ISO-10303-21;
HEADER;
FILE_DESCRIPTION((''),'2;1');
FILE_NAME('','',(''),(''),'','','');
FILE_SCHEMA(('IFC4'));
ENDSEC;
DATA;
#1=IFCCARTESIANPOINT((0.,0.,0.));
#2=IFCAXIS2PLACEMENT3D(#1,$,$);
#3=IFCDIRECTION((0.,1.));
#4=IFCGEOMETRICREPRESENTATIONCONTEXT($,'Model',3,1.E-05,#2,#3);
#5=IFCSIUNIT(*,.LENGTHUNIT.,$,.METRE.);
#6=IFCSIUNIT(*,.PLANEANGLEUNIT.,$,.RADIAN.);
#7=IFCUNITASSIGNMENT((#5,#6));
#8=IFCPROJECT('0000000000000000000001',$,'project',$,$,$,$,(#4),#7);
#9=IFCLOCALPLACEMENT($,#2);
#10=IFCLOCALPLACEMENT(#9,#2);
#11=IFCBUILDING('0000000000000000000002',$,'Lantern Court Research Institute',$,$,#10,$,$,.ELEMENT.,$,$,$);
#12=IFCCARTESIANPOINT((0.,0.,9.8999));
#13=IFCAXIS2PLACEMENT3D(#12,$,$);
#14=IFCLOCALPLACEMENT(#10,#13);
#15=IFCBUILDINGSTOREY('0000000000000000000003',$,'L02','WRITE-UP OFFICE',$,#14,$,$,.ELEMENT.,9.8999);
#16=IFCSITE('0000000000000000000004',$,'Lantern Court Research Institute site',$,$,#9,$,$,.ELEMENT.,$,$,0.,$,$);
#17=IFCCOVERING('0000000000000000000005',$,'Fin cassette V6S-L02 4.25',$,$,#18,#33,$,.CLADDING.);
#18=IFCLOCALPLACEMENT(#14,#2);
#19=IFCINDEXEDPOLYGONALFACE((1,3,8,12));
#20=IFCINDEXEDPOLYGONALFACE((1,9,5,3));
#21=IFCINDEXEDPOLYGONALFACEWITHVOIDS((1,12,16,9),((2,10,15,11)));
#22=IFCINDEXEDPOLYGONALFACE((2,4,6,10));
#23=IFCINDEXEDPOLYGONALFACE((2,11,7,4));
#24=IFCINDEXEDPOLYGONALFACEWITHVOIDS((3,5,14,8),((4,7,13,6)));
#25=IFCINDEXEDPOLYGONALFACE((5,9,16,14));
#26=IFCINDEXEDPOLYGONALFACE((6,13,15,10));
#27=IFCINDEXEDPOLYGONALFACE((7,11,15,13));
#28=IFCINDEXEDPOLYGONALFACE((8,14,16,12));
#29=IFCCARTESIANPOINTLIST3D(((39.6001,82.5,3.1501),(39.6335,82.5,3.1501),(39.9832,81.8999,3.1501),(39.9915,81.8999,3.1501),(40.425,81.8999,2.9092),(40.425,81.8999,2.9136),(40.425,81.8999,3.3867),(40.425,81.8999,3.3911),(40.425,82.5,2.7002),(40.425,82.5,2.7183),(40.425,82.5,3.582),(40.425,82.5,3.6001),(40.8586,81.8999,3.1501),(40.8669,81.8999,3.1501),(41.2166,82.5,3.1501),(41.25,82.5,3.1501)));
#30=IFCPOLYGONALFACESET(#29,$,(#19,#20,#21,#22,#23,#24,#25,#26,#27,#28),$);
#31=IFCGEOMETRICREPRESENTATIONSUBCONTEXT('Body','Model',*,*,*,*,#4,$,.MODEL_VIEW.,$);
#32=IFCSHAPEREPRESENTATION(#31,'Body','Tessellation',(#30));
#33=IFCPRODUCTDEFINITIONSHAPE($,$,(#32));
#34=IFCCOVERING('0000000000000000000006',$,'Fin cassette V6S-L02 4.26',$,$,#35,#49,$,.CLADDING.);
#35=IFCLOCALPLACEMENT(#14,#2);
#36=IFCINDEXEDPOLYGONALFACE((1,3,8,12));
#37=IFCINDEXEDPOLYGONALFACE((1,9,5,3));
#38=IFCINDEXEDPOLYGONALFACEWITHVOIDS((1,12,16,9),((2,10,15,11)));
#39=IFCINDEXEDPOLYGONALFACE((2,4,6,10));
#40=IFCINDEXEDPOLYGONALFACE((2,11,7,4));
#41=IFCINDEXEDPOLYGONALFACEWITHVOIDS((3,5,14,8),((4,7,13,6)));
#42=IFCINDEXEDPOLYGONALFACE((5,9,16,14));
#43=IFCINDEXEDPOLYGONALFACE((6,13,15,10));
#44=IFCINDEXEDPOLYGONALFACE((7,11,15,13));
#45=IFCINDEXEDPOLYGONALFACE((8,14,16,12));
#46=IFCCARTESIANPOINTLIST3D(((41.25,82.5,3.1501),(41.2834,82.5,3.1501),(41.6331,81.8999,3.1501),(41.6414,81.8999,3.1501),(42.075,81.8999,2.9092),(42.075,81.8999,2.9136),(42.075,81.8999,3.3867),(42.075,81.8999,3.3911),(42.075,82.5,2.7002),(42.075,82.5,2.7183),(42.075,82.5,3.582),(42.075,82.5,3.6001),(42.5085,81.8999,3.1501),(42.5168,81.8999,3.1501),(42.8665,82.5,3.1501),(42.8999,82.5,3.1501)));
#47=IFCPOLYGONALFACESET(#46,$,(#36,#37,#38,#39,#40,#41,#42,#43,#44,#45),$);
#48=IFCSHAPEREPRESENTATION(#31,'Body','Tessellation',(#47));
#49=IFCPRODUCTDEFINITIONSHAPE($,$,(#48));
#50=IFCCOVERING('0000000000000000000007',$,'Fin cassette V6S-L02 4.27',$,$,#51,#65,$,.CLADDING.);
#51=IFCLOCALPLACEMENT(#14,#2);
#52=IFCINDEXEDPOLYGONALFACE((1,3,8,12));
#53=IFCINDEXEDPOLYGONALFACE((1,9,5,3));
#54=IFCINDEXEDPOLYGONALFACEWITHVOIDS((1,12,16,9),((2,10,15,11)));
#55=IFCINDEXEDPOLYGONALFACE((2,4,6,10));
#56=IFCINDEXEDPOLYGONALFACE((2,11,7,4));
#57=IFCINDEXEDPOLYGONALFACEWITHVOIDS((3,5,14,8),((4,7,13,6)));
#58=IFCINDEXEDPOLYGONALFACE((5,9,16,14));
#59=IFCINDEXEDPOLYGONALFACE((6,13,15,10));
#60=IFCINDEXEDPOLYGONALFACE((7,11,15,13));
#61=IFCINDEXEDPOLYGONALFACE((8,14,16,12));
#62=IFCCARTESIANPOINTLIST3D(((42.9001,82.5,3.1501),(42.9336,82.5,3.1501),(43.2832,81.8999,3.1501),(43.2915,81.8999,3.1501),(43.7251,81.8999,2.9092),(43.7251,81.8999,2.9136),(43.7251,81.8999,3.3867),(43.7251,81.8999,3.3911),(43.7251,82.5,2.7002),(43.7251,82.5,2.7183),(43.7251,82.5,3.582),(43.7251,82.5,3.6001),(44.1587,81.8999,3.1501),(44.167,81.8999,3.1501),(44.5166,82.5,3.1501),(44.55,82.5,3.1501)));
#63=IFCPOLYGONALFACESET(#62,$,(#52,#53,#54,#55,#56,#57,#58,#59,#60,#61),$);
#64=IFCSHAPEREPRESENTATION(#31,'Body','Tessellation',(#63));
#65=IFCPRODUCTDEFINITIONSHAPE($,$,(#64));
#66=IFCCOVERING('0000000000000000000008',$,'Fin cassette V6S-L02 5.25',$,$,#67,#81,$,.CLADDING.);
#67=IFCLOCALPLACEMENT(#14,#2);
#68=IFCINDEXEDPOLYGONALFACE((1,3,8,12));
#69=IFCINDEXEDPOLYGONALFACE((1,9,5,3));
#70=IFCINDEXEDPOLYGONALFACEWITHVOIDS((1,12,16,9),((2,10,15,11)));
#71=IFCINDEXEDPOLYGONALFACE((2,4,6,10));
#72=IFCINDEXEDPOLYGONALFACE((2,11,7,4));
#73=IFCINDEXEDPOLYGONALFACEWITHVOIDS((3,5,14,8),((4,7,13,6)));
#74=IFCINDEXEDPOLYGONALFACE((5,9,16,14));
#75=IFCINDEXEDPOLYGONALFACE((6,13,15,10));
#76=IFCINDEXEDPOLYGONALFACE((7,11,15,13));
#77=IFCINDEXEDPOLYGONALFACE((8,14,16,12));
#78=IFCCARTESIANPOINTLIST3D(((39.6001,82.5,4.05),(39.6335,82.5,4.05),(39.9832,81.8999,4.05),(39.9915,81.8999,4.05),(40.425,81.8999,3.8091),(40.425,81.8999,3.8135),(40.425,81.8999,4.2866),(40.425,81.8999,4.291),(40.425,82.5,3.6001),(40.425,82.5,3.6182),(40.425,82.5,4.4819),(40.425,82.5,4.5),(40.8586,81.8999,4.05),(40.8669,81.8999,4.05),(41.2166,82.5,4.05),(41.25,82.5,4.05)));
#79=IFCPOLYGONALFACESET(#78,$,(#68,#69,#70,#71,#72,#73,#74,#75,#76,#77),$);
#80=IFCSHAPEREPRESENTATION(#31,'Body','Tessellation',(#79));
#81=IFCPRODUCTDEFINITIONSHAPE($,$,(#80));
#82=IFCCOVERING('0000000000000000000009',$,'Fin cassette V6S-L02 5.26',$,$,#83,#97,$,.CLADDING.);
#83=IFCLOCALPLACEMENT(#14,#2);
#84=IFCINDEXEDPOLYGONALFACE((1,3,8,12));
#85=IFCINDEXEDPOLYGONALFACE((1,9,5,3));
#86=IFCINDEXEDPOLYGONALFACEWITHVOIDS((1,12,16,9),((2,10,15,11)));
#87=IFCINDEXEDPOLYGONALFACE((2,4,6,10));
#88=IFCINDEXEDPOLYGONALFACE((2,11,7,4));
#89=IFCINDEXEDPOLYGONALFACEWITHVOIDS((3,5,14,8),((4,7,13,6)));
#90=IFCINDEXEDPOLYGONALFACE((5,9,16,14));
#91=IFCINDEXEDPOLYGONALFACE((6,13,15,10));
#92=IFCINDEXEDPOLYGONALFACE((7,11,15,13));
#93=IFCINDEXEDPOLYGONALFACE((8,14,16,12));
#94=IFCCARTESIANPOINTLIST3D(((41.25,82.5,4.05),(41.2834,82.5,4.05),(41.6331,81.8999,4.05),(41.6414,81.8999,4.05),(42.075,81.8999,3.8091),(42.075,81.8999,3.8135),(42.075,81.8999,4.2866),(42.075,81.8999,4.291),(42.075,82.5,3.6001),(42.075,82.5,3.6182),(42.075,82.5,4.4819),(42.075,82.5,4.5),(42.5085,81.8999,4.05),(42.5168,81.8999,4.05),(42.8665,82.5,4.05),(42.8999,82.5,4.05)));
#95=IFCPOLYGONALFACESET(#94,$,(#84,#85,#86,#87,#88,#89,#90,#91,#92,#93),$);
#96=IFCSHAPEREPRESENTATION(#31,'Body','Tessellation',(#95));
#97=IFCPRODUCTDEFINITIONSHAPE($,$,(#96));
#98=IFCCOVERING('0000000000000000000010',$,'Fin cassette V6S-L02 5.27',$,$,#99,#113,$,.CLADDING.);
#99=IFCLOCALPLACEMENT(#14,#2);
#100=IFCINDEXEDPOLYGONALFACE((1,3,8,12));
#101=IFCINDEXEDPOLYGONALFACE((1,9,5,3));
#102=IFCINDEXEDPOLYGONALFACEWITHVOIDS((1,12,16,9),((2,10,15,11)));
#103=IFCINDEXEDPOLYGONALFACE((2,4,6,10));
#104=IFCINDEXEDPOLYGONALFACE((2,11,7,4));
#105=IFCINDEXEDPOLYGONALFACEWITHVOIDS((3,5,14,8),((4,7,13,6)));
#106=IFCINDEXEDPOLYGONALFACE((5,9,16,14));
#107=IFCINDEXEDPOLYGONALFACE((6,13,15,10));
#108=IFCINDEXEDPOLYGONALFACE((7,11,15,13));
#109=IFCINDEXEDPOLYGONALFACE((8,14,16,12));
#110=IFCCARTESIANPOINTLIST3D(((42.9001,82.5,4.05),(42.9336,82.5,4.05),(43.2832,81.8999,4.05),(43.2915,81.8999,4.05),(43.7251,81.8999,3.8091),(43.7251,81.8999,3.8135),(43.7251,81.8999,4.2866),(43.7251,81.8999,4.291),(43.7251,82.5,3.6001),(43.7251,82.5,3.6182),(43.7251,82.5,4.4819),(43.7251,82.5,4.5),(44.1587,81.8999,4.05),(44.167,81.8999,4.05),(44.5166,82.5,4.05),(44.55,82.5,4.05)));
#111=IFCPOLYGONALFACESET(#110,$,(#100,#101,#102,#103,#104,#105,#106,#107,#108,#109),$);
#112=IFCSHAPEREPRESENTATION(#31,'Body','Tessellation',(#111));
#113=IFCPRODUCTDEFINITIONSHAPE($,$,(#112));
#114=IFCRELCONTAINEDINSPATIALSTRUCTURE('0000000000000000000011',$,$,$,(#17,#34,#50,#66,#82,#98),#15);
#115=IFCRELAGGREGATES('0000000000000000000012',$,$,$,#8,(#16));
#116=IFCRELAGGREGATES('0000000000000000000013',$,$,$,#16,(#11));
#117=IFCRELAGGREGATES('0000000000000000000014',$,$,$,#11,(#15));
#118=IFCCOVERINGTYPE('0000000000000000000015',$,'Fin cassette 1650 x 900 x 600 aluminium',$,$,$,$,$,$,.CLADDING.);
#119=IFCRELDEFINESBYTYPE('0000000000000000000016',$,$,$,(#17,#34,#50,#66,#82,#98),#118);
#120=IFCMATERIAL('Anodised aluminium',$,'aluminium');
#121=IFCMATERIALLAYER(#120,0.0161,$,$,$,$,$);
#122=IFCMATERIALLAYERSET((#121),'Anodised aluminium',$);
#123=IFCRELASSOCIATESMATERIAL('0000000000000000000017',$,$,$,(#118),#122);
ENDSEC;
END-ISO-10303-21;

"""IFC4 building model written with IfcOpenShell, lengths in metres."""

from ifc_helpers import new_model, entity, si_unit, direction, frame, origin, place, context, subcontext, project, spatial, material, layer, layer_set, type_object, element, save


model = new_model("IFC4")

# Units and contexts
model_context = context("Model", 3, precision=1e-05, world=origin(), true_north=direction((0.0, 1.0)))
body_context = subcontext(model_context, "Body", "Model", "MODEL_VIEW")
ifc_project = project(units=[si_unit("LENGTHUNIT", "METRE"), si_unit("PLANEANGLEUNIT", "RADIAN")], contexts=[model_context])

# Site, building, storey
site_placement = place(None, origin())
site = spatial("IfcSite", under=ifc_project, at=site_placement, Name="Lantern Court Research Institute site", CompositionType="ELEMENT", RefElevation=0.0)
building_placement = place(site_placement, origin())
building = spatial("IfcBuilding", under=site, at=building_placement, Name="Lantern Court Research Institute", CompositionType="ELEMENT")
storey_placement = place(building_placement, frame((0.0, 0.0, 9.8999)))
storey = spatial("IfcBuildingStorey", under=building, at=storey_placement, Name="L02", Description="WRITE-UP OFFICE", CompositionType="ELEMENT", Elevation=9.8999)

# Coverings
ifc_material_1 = material(Name="Anodised aluminium", Category="aluminium")
ifc_layer_1 = layer(ifc_material_1, 0.0161)
ifc_layer_set_1 = layer_set([ifc_layer_1], Name="Anodised aluminium")
covering_type = type_object("IfcCoveringType", Name="Fin cassette 1650 x 900 x 600 aluminium", PredefinedType="CLADDING", material=ifc_layer_set_1)
covering_1_placement = place(storey_placement, frame((40.425, 82.5, 3.1501), z_axis=(0.0, -1.0, 0.0), x_axis=(1.0, 0.0, 0.0)))
cartesian_point_1 = entity("IfcCartesianPoint", [0.825, 0.0])
cartesian_point_2 = entity("IfcCartesianPoint", [0.7915, 0.0])
cartesian_point_3 = entity("IfcCartesianPoint", [0.4419, 0.0])
cartesian_point_4 = entity("IfcCartesianPoint", [0.4336, 0.0])
element("IfcCovering", 1, at=covering_1_placement, inside=storey, type_object=covering_type, Name="Fin cassette V6S-L02 4.25", PredefinedType="CLADDING", context=body_context, shape_type="SweptSolid", body=[
    entity("IfcExtrudedAreaSolidTapered", entity("IfcArbitraryProfileDefWithVoids", "AREA", None, entity("IfcPolyline", [cartesian_point_1, entity("IfcCartesianPoint", [0.0, 0.45]), entity("IfcCartesianPoint", [-0.825, 0.0]), entity("IfcCartesianPoint", [0.0, -0.45]), cartesian_point_1]), [entity("IfcPolyline", [cartesian_point_2, entity("IfcCartesianPoint", [0.0, 0.4319]), entity("IfcCartesianPoint", [-0.7915, 0.0]), entity("IfcCartesianPoint", [0.0, -0.4319]), cartesian_point_2])]), entity("IfcAxis2Placement3D", entity("IfcCartesianPoint", [0.0, 0.0, 0.0])), entity("IfcDirection", [0.0, 0.0, 1.0]), 0.6001, entity("IfcArbitraryProfileDefWithVoids", "AREA", None, entity("IfcPolyline", [cartesian_point_3, entity("IfcCartesianPoint", [0.0, 0.241]), entity("IfcCartesianPoint", [-0.4419, 0.0]), entity("IfcCartesianPoint", [0.0, -0.241]), cartesian_point_3]), [entity("IfcPolyline", [cartesian_point_4, entity("IfcCartesianPoint", [0.0, 0.2366]), entity("IfcCartesianPoint", [-0.4336, 0.0]), entity("IfcCartesianPoint", [0.0, -0.2366]), cartesian_point_4])])),
])
covering_2_placement = place(storey_placement, frame((42.075, 82.5, 3.1501), z_axis=(0.0, -1.0, 0.0), x_axis=(1.0, 0.0, 0.0)))
cartesian_point_5 = entity("IfcCartesianPoint", [0.825, 0.0])
cartesian_point_6 = entity("IfcCartesianPoint", [0.7915, 0.0])
cartesian_point_7 = entity("IfcCartesianPoint", [0.4419, 0.0])
cartesian_point_8 = entity("IfcCartesianPoint", [0.4336, 0.0])
element("IfcCovering", 2, at=covering_2_placement, inside=storey, type_object=covering_type, Name="Fin cassette V6S-L02 4.26", PredefinedType="CLADDING", context=body_context, shape_type="SweptSolid", body=[
    entity("IfcExtrudedAreaSolidTapered", entity("IfcArbitraryProfileDefWithVoids", "AREA", None, entity("IfcPolyline", [cartesian_point_5, entity("IfcCartesianPoint", [0.0, 0.45]), entity("IfcCartesianPoint", [-0.825, 0.0]), entity("IfcCartesianPoint", [0.0, -0.45]), cartesian_point_5]), [entity("IfcPolyline", [cartesian_point_6, entity("IfcCartesianPoint", [0.0, 0.4319]), entity("IfcCartesianPoint", [-0.7915, 0.0]), entity("IfcCartesianPoint", [0.0, -0.4319]), cartesian_point_6])]), entity("IfcAxis2Placement3D", entity("IfcCartesianPoint", [0.0, 0.0, 0.0])), entity("IfcDirection", [0.0, 0.0, 1.0]), 0.6001, entity("IfcArbitraryProfileDefWithVoids", "AREA", None, entity("IfcPolyline", [cartesian_point_7, entity("IfcCartesianPoint", [0.0, 0.241]), entity("IfcCartesianPoint", [-0.4419, 0.0]), entity("IfcCartesianPoint", [0.0, -0.241]), cartesian_point_7]), [entity("IfcPolyline", [cartesian_point_8, entity("IfcCartesianPoint", [0.0, 0.2366]), entity("IfcCartesianPoint", [-0.4336, 0.0]), entity("IfcCartesianPoint", [0.0, -0.2366]), cartesian_point_8])])),
])
covering_3_placement = place(storey_placement, frame((43.7251, 82.5, 3.1501), z_axis=(0.0, -1.0, 0.0), x_axis=(1.0, 0.0, 0.0)))
cartesian_point_9 = entity("IfcCartesianPoint", [0.825, 0.0])
cartesian_point_10 = entity("IfcCartesianPoint", [0.7915, 0.0])
cartesian_point_11 = entity("IfcCartesianPoint", [0.4419, 0.0])
cartesian_point_12 = entity("IfcCartesianPoint", [0.4336, 0.0])
element("IfcCovering", 3, at=covering_3_placement, inside=storey, type_object=covering_type, Name="Fin cassette V6S-L02 4.27", PredefinedType="CLADDING", context=body_context, shape_type="SweptSolid", body=[
    entity("IfcExtrudedAreaSolidTapered", entity("IfcArbitraryProfileDefWithVoids", "AREA", None, entity("IfcPolyline", [cartesian_point_9, entity("IfcCartesianPoint", [0.0, 0.45]), entity("IfcCartesianPoint", [-0.825, 0.0]), entity("IfcCartesianPoint", [0.0, -0.45]), cartesian_point_9]), [entity("IfcPolyline", [cartesian_point_10, entity("IfcCartesianPoint", [0.0, 0.4319]), entity("IfcCartesianPoint", [-0.7915, 0.0]), entity("IfcCartesianPoint", [0.0, -0.4319]), cartesian_point_10])]), entity("IfcAxis2Placement3D", entity("IfcCartesianPoint", [0.0, 0.0, 0.0])), entity("IfcDirection", [0.0, 0.0, 1.0]), 0.6001, entity("IfcArbitraryProfileDefWithVoids", "AREA", None, entity("IfcPolyline", [cartesian_point_11, entity("IfcCartesianPoint", [0.0, 0.241]), entity("IfcCartesianPoint", [-0.4419, 0.0]), entity("IfcCartesianPoint", [0.0, -0.241]), cartesian_point_11]), [entity("IfcPolyline", [cartesian_point_12, entity("IfcCartesianPoint", [0.0, 0.2366]), entity("IfcCartesianPoint", [-0.4336, 0.0]), entity("IfcCartesianPoint", [0.0, -0.2366]), cartesian_point_12])])),
])
covering_4_placement = place(storey_placement, frame((40.425, 82.5, 4.05), z_axis=(0.0, -1.0, 0.0), x_axis=(1.0, 0.0, 0.0)))
cartesian_point_13 = entity("IfcCartesianPoint", [0.825, 0.0])
cartesian_point_14 = entity("IfcCartesianPoint", [0.7915, 0.0])
cartesian_point_15 = entity("IfcCartesianPoint", [0.4419, 0.0])
cartesian_point_16 = entity("IfcCartesianPoint", [0.4336, 0.0])
element("IfcCovering", 4, at=covering_4_placement, inside=storey, type_object=covering_type, Name="Fin cassette V6S-L02 5.25", PredefinedType="CLADDING", context=body_context, shape_type="SweptSolid", body=[
    entity("IfcExtrudedAreaSolidTapered", entity("IfcArbitraryProfileDefWithVoids", "AREA", None, entity("IfcPolyline", [cartesian_point_13, entity("IfcCartesianPoint", [0.0, 0.45]), entity("IfcCartesianPoint", [-0.825, 0.0]), entity("IfcCartesianPoint", [0.0, -0.45]), cartesian_point_13]), [entity("IfcPolyline", [cartesian_point_14, entity("IfcCartesianPoint", [0.0, 0.4319]), entity("IfcCartesianPoint", [-0.7915, 0.0]), entity("IfcCartesianPoint", [0.0, -0.4319]), cartesian_point_14])]), entity("IfcAxis2Placement3D", entity("IfcCartesianPoint", [0.0, 0.0, 0.0])), entity("IfcDirection", [0.0, 0.0, 1.0]), 0.6001, entity("IfcArbitraryProfileDefWithVoids", "AREA", None, entity("IfcPolyline", [cartesian_point_15, entity("IfcCartesianPoint", [0.0, 0.241]), entity("IfcCartesianPoint", [-0.4419, 0.0]), entity("IfcCartesianPoint", [0.0, -0.241]), cartesian_point_15]), [entity("IfcPolyline", [cartesian_point_16, entity("IfcCartesianPoint", [0.0, 0.2366]), entity("IfcCartesianPoint", [-0.4336, 0.0]), entity("IfcCartesianPoint", [0.0, -0.2366]), cartesian_point_16])])),
])
covering_5_placement = place(storey_placement, frame((42.075, 82.5, 4.05), z_axis=(0.0, -1.0, 0.0), x_axis=(1.0, 0.0, 0.0)))
cartesian_point_17 = entity("IfcCartesianPoint", [0.825, 0.0])
cartesian_point_18 = entity("IfcCartesianPoint", [0.7915, 0.0])
cartesian_point_19 = entity("IfcCartesianPoint", [0.4419, 0.0])
cartesian_point_20 = entity("IfcCartesianPoint", [0.4336, 0.0])
element("IfcCovering", 5, at=covering_5_placement, inside=storey, type_object=covering_type, Name="Fin cassette V6S-L02 5.26", PredefinedType="CLADDING", context=body_context, shape_type="SweptSolid", body=[
    entity("IfcExtrudedAreaSolidTapered", entity("IfcArbitraryProfileDefWithVoids", "AREA", None, entity("IfcPolyline", [cartesian_point_17, entity("IfcCartesianPoint", [0.0, 0.45]), entity("IfcCartesianPoint", [-0.825, 0.0]), entity("IfcCartesianPoint", [0.0, -0.45]), cartesian_point_17]), [entity("IfcPolyline", [cartesian_point_18, entity("IfcCartesianPoint", [0.0, 0.4319]), entity("IfcCartesianPoint", [-0.7915, 0.0]), entity("IfcCartesianPoint", [0.0, -0.4319]), cartesian_point_18])]), entity("IfcAxis2Placement3D", entity("IfcCartesianPoint", [0.0, 0.0, 0.0])), entity("IfcDirection", [0.0, 0.0, 1.0]), 0.6001, entity("IfcArbitraryProfileDefWithVoids", "AREA", None, entity("IfcPolyline", [cartesian_point_19, entity("IfcCartesianPoint", [0.0, 0.241]), entity("IfcCartesianPoint", [-0.4419, 0.0]), entity("IfcCartesianPoint", [0.0, -0.241]), cartesian_point_19]), [entity("IfcPolyline", [cartesian_point_20, entity("IfcCartesianPoint", [0.0, 0.2366]), entity("IfcCartesianPoint", [-0.4336, 0.0]), entity("IfcCartesianPoint", [0.0, -0.2366]), cartesian_point_20])])),
])
covering_6_placement = place(storey_placement, frame((43.7251, 82.5, 4.05), z_axis=(0.0, -1.0, 0.0), x_axis=(1.0, 0.0, 0.0)))
cartesian_point_21 = entity("IfcCartesianPoint", [0.825, 0.0])
cartesian_point_22 = entity("IfcCartesianPoint", [0.7915, 0.0])
cartesian_point_23 = entity("IfcCartesianPoint", [0.4419, 0.0])
cartesian_point_24 = entity("IfcCartesianPoint", [0.4336, 0.0])
element("IfcCovering", 6, at=covering_6_placement, inside=storey, type_object=covering_type, Name="Fin cassette V6S-L02 5.27", PredefinedType="CLADDING", context=body_context, shape_type="SweptSolid", body=[
    entity("IfcExtrudedAreaSolidTapered", entity("IfcArbitraryProfileDefWithVoids", "AREA", None, entity("IfcPolyline", [cartesian_point_21, entity("IfcCartesianPoint", [0.0, 0.45]), entity("IfcCartesianPoint", [-0.825, 0.0]), entity("IfcCartesianPoint", [0.0, -0.45]), cartesian_point_21]), [entity("IfcPolyline", [cartesian_point_22, entity("IfcCartesianPoint", [0.0, 0.4319]), entity("IfcCartesianPoint", [-0.7915, 0.0]), entity("IfcCartesianPoint", [0.0, -0.4319]), cartesian_point_22])]), entity("IfcAxis2Placement3D", entity("IfcCartesianPoint", [0.0, 0.0, 0.0])), entity("IfcDirection", [0.0, 0.0, 1.0]), 0.6001, entity("IfcArbitraryProfileDefWithVoids", "AREA", None, entity("IfcPolyline", [cartesian_point_23, entity("IfcCartesianPoint", [0.0, 0.241]), entity("IfcCartesianPoint", [-0.4419, 0.0]), entity("IfcCartesianPoint", [0.0, -0.241]), cartesian_point_23]), [entity("IfcPolyline", [cartesian_point_24, entity("IfcCartesianPoint", [0.0, 0.2366]), entity("IfcCartesianPoint", [-0.4336, 0.0]), entity("IfcCartesianPoint", [0.0, -0.2366]), cartesian_point_24])])),
])

save(model, "model.ifc")
